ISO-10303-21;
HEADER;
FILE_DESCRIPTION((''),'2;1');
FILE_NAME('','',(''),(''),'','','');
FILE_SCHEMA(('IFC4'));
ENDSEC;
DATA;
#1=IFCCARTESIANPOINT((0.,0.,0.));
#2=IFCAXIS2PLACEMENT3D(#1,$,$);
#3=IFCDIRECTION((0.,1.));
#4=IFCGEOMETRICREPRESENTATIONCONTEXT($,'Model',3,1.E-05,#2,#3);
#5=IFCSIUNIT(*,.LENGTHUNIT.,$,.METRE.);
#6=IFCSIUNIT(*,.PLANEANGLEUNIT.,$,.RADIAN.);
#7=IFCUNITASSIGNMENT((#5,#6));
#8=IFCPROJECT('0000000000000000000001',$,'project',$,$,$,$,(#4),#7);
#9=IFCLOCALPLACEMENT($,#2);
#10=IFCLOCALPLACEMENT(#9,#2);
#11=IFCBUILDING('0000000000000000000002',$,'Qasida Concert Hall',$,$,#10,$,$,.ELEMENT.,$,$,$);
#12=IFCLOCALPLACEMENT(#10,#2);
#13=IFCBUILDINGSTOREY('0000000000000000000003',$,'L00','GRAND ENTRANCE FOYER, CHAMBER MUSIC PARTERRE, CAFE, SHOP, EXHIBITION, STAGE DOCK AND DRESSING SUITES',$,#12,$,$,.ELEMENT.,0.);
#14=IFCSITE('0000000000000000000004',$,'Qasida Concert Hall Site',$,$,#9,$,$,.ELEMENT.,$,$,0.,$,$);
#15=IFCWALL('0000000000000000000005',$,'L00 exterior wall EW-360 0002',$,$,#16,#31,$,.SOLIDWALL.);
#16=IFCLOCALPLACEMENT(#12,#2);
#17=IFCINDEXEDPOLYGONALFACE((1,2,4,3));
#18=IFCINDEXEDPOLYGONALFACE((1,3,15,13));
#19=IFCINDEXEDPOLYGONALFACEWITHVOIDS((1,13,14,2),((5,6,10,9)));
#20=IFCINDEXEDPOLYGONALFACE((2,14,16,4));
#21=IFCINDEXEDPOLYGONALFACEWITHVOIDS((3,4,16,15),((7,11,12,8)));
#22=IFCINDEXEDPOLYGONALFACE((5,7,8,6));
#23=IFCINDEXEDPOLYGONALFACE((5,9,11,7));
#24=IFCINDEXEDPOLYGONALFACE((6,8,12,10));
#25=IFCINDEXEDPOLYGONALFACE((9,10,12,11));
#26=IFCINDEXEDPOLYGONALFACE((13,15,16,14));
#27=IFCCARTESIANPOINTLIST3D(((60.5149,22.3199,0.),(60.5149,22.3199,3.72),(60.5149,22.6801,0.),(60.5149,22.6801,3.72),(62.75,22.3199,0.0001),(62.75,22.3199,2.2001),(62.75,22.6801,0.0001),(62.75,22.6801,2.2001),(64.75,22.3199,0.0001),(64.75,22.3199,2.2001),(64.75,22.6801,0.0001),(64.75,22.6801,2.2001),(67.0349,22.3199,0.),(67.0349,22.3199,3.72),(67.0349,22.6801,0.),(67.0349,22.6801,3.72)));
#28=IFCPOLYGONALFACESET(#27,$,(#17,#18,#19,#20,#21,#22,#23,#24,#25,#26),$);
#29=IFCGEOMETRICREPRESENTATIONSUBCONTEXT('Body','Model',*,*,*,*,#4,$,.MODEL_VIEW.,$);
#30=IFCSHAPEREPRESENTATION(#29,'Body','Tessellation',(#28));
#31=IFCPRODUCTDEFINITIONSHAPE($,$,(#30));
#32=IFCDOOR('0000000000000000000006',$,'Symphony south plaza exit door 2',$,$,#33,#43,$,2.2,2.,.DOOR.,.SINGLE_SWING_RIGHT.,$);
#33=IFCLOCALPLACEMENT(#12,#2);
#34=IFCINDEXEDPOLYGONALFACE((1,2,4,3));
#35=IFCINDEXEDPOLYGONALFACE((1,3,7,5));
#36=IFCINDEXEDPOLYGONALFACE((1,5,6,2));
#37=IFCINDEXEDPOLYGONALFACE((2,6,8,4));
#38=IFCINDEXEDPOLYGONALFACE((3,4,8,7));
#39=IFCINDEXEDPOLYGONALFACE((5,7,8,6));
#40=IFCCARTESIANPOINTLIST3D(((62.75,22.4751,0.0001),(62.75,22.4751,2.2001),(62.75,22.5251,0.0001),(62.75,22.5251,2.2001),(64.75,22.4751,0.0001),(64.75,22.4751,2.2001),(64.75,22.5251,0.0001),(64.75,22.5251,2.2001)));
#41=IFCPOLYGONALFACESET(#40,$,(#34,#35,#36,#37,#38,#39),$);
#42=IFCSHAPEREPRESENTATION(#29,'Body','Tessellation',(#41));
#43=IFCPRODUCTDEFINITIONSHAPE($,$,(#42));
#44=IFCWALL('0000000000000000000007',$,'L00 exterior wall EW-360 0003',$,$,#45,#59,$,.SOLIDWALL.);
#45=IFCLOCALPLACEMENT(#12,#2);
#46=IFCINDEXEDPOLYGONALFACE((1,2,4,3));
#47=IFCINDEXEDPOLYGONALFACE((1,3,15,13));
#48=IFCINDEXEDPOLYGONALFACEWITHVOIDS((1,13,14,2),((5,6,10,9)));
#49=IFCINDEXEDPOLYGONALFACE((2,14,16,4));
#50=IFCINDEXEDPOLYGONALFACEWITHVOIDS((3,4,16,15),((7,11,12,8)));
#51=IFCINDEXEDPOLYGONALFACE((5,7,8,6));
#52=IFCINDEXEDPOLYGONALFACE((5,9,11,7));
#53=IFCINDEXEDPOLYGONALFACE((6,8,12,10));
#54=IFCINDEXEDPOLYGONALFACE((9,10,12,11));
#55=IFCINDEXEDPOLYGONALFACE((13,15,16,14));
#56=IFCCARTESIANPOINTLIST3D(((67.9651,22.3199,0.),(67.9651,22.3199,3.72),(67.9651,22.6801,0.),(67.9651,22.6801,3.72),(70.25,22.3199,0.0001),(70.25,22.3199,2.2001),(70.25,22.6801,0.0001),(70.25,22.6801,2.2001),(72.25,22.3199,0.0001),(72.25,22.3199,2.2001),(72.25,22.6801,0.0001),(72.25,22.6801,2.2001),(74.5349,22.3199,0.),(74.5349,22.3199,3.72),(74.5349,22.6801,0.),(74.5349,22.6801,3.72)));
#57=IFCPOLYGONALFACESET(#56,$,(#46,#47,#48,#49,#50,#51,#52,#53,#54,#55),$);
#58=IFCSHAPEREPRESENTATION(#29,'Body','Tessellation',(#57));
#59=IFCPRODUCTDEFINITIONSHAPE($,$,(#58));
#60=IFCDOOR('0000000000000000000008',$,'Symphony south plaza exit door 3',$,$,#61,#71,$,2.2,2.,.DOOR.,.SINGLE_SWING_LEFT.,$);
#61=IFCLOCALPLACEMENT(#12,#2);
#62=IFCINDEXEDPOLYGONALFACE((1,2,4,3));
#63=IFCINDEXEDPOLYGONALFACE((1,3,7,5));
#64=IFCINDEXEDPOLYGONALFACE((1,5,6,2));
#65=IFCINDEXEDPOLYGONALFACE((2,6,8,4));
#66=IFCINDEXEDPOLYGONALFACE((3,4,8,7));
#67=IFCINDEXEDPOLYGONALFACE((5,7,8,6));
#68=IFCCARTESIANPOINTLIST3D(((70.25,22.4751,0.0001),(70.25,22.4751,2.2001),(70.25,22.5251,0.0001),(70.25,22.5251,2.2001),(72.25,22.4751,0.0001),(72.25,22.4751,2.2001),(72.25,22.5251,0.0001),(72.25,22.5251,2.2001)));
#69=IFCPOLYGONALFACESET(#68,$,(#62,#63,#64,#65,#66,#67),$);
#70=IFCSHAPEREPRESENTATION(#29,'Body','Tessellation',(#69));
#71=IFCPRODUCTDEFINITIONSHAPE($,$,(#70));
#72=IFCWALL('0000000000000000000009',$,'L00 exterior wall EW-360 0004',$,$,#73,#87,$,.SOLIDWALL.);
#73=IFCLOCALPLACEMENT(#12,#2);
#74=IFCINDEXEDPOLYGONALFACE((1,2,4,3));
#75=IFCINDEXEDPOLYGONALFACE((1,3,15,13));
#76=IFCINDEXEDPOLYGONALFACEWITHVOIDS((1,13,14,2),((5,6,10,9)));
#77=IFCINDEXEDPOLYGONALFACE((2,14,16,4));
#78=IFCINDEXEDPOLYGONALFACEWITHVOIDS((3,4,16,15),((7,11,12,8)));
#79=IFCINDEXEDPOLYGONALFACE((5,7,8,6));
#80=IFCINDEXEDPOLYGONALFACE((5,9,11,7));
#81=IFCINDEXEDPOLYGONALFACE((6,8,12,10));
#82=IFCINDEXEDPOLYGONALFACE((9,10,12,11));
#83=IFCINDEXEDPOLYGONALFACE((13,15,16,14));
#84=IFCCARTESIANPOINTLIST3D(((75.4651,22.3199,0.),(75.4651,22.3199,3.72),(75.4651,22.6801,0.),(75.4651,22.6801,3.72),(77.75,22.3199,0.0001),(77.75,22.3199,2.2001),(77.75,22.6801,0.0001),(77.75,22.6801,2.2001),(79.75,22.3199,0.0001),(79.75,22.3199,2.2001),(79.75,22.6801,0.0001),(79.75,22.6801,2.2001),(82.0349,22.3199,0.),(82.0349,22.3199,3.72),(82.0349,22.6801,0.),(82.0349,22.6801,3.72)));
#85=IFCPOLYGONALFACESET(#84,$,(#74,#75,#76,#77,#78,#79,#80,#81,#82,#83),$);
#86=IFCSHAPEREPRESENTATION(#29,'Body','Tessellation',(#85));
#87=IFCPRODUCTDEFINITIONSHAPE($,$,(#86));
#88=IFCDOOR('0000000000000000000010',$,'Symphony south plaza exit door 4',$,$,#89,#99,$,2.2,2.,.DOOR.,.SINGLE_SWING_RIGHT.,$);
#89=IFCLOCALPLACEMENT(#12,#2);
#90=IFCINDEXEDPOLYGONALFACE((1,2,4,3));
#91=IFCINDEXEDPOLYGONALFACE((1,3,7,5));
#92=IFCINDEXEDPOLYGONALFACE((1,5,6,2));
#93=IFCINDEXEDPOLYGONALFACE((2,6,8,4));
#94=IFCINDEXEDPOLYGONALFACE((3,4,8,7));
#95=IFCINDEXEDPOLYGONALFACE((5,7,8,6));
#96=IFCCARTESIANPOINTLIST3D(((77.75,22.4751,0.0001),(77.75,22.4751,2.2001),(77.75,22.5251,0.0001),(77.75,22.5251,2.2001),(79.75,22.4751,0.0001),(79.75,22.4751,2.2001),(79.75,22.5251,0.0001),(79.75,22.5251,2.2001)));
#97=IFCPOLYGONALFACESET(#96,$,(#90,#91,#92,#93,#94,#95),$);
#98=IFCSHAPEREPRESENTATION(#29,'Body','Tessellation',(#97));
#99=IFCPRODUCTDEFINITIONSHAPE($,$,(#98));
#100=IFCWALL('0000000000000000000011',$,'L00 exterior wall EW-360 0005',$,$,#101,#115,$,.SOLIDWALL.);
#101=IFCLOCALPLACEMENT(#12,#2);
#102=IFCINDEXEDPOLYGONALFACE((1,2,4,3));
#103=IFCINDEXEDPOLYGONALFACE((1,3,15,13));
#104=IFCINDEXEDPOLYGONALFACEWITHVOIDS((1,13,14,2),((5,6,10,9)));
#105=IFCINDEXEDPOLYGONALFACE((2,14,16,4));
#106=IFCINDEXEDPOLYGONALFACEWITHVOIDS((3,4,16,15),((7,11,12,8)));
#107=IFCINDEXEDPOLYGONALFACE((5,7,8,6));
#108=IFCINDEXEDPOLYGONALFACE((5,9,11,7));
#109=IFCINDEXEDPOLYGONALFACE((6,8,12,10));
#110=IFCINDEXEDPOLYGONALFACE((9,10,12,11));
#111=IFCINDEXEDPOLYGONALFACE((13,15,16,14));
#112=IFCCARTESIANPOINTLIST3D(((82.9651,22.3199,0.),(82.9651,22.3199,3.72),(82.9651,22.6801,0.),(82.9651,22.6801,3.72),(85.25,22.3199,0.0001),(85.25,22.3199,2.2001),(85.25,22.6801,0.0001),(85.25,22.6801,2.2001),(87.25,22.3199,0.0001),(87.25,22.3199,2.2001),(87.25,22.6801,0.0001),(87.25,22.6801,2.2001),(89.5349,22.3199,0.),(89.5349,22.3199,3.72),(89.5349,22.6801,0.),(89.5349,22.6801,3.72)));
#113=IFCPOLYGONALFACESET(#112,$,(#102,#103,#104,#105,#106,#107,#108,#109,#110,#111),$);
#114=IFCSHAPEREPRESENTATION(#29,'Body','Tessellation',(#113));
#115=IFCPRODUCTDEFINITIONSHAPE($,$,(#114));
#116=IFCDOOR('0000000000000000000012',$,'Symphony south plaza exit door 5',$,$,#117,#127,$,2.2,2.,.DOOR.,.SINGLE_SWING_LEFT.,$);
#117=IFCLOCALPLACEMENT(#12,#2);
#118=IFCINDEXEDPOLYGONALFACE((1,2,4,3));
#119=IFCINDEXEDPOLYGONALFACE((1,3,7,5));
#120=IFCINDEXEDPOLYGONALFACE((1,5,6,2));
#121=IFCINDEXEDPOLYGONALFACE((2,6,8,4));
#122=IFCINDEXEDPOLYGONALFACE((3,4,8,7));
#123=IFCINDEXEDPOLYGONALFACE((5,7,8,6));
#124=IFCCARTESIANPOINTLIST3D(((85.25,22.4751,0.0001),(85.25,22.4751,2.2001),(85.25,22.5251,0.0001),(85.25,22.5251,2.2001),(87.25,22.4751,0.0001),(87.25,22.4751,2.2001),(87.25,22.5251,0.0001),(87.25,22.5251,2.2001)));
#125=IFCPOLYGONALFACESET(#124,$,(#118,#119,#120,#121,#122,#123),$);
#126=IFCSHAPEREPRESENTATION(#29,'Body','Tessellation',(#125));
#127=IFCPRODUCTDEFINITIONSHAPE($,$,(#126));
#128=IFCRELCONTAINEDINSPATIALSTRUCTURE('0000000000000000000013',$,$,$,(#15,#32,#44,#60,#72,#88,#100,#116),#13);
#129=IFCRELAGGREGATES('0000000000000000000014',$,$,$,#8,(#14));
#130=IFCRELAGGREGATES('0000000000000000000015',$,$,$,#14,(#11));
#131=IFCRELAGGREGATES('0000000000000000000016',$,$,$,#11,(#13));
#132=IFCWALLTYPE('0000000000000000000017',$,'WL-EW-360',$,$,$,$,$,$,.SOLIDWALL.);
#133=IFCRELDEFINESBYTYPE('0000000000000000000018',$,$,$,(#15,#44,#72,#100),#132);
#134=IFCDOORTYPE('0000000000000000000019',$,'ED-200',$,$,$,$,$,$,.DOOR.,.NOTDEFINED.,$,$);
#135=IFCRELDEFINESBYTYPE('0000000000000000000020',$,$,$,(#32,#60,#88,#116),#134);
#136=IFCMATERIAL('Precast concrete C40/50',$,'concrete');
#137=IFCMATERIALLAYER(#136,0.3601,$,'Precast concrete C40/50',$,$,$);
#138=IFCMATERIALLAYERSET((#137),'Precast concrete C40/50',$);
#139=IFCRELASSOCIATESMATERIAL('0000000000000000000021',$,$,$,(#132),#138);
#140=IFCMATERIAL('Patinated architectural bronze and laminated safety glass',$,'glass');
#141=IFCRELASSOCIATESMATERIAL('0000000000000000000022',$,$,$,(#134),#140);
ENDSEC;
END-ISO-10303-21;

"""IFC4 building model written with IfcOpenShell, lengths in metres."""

from ifc_helpers import new_model, si_unit, direction, frame, frame_2d, origin, place, context, subcontext, project, spatial, rectangle, extrude, material, layer, layer_set, type_object, element, fill, save


model = new_model("IFC4")

# Units and contexts
model_context = context("Model", 3, precision=1e-05, world=origin(), true_north=direction((0.0, 1.0)))
body_context = subcontext(model_context, "Body", "Model", "MODEL_VIEW")
ifc_project = project(units=[si_unit("LENGTHUNIT", "METRE"), si_unit("PLANEANGLEUNIT", "RADIAN")], contexts=[model_context])

# Site, building, storey
site_placement = place(None, origin())
site = spatial("IfcSite", under=ifc_project, at=site_placement, Name="Qasida Concert Hall Site", CompositionType="ELEMENT", RefElevation=0.0)
building_placement = place(site_placement, origin())
building = spatial("IfcBuilding", under=site, at=building_placement, Name="Qasida Concert Hall", CompositionType="ELEMENT")
storey_placement = place(building_placement, origin())
storey = spatial("IfcBuildingStorey", under=building, at=storey_placement, Name="L00", Description="GRAND ENTRANCE FOYER, CHAMBER MUSIC PARTERRE, CAFE, SHOP, EXHIBITION, STAGE DOCK AND DRESSING SUITES", CompositionType="ELEMENT", Elevation=0.0)

# Walls, openings, doors
ifc_material_1 = material(Name="Precast concrete C40/50", Category="concrete")
ifc_layer_1 = layer(ifc_material_1, 0.3601, Name="Precast concrete C40/50")
ifc_layer_set_1 = layer_set([ifc_layer_1], Name="Precast concrete C40/50")
wall_type = type_object("IfcWallType", Name="WL-EW-360", PredefinedType="SOLIDWALL", material=ifc_layer_set_1)
wall_1_placement = place(storey_placement, frame((60.5149, 22.5, 0.0), z_axis=(0.0, 0.0, 1.0), x_axis=(1.0, 0.0, 0.0)))
wall_1 = element("IfcWall", 1, at=wall_1_placement, inside=storey, type_object=wall_type, Name="L00 exterior wall EW-360 0002", PredefinedType="SOLIDWALL", context=body_context, shape_type="SweptSolid", body=[
    extrude(rectangle(XDim=6.52, YDim=0.3601, at=frame_2d((3.26, 0.0))), origin(), (0.0, 0.0, 1.0), 3.72),
])
opening_1_placement = place(wall_1_placement, frame((2.2351, 0.0, 0.0)))
opening_1 = element("IfcOpeningElement", 2, at=opening_1_placement, cuts=wall_1, PredefinedType="OPENING", context=body_context, shape_type="SweptSolid", body=[
    extrude(rectangle(XDim=2.0, YDim=2.2, at=frame_2d((1.0, 1.1001))), frame((0.0, 0.1899, 0.0), z_axis=(0.0, -1.0, 0.0), x_axis=(1.0, 0.0, 0.0)), (0.0, 0.0, 1.0), 0.3801),
])
ifc_material_2 = material(Name="Patinated architectural bronze and laminated safety glass", Category="glass")
door_type = type_object("IfcDoorType", Name="ED-200", OperationType="NOTDEFINED", PredefinedType="DOOR", material=ifc_material_2)
door_1_placement = place(opening_1_placement, frame((2.0, 0.0, 0.0), z_axis=(0.0, 0.0, 1.0), x_axis=(-1.0, 0.0, 0.0)))
door_1 = element("IfcDoor", 3, at=door_1_placement, inside=storey, type_object=door_type, Name="Symphony south plaza exit door 2", OperationType="SINGLE_SWING_RIGHT", OverallHeight=2.2, OverallWidth=2.0, PredefinedType="DOOR", context=body_context, shape_type="SweptSolid", body=[
    extrude(rectangle(XDim=2.0, YDim=2.2, at=frame_2d((1.0, 1.1001))), frame((0.0, 0.0249, 0.0), z_axis=(0.0, -1.0, 0.0), x_axis=(1.0, 0.0, 0.0)), (0.0, 0.0, 1.0), 0.05),
])
fill(opening_1, door_1)
wall_2_placement = place(storey_placement, frame((67.9651, 22.5, 0.0), z_axis=(0.0, 0.0, 1.0), x_axis=(1.0, 0.0, 0.0)))
wall_2 = element("IfcWall", 4, at=wall_2_placement, inside=storey, type_object=wall_type, Name="L00 exterior wall EW-360 0003", PredefinedType="SOLIDWALL", context=body_context, shape_type="SweptSolid", body=[
    extrude(rectangle(XDim=6.5698, YDim=0.3601, at=frame_2d((3.2849, 0.0))), origin(), (0.0, 0.0, 1.0), 3.72),
])
opening_2_placement = place(wall_2_placement, frame((2.2849, 0.0, 0.0)))
opening_2 = element("IfcOpeningElement", 5, at=opening_2_placement, cuts=wall_2, PredefinedType="OPENING", context=body_context, shape_type="SweptSolid", body=[
    extrude(rectangle(XDim=2.0, YDim=2.2, at=frame_2d((1.0, 1.1001))), frame((0.0, 0.1899, 0.0), z_axis=(0.0, -1.0, 0.0), x_axis=(1.0, 0.0, 0.0)), (0.0, 0.0, 1.0), 0.3801),
])
door_2_placement = place(opening_2_placement, frame((2.0, 0.0, 0.0), z_axis=(0.0, 0.0, 1.0), x_axis=(-1.0, 0.0, 0.0)))
door_2 = element("IfcDoor", 6, at=door_2_placement, inside=storey, type_object=door_type, Name="Symphony south plaza exit door 3", OperationType="SINGLE_SWING_LEFT", OverallHeight=2.2, OverallWidth=2.0, PredefinedType="DOOR", context=body_context, shape_type="SweptSolid", body=[
    extrude(rectangle(XDim=2.0, YDim=2.2, at=frame_2d((1.0, 1.1001))), frame((0.0, 0.0249, 0.0), z_axis=(0.0, -1.0, 0.0), x_axis=(1.0, 0.0, 0.0)), (0.0, 0.0, 1.0), 0.05),
])
fill(opening_2, door_2)
wall_3_placement = place(storey_placement, frame((75.4651, 22.5, 0.0), z_axis=(0.0, 0.0, 1.0), x_axis=(1.0, 0.0, 0.0)))
wall_3 = element("IfcWall", 7, at=wall_3_placement, inside=storey, type_object=wall_type, Name="L00 exterior wall EW-360 0004", PredefinedType="SOLIDWALL", context=body_context, shape_type="SweptSolid", body=[
    extrude(rectangle(XDim=6.5698, YDim=0.3601, at=frame_2d((3.2849, 0.0))), origin(), (0.0, 0.0, 1.0), 3.72),
])
opening_3_placement = place(wall_3_placement, frame((2.2849, 0.0, 0.0)))
opening_3 = element("IfcOpeningElement", 8, at=opening_3_placement, cuts=wall_3, PredefinedType="OPENING", context=body_context, shape_type="SweptSolid", body=[
    extrude(rectangle(XDim=2.0, YDim=2.2, at=frame_2d((1.0, 1.1001))), frame((0.0, 0.1899, 0.0), z_axis=(0.0, -1.0, 0.0), x_axis=(1.0, 0.0, 0.0)), (0.0, 0.0, 1.0), 0.3801),
])
door_3_placement = place(opening_3_placement, frame((2.0, 0.0, 0.0), z_axis=(0.0, 0.0, 1.0), x_axis=(-1.0, 0.0, 0.0)))
door_3 = element("IfcDoor", 9, at=door_3_placement, inside=storey, type_object=door_type, Name="Symphony south plaza exit door 4", OperationType="SINGLE_SWING_RIGHT", OverallHeight=2.2, OverallWidth=2.0, PredefinedType="DOOR", context=body_context, shape_type="SweptSolid", body=[
    extrude(rectangle(XDim=2.0, YDim=2.2, at=frame_2d((1.0, 1.1001))), frame((0.0, 0.0249, 0.0), z_axis=(0.0, -1.0, 0.0), x_axis=(1.0, 0.0, 0.0)), (0.0, 0.0, 1.0), 0.05),
])
fill(opening_3, door_3)
wall_4_placement = place(storey_placement, frame((82.9651, 22.5, 0.0), z_axis=(0.0, 0.0, 1.0), x_axis=(1.0, 0.0, 0.0)))
wall_4 = element("IfcWall", 10, at=wall_4_placement, inside=storey, type_object=wall_type, Name="L00 exterior wall EW-360 0005", PredefinedType="SOLIDWALL", context=body_context, shape_type="SweptSolid", body=[
    extrude(rectangle(XDim=6.5698, YDim=0.3601, at=frame_2d((3.2849, 0.0))), origin(), (0.0, 0.0, 1.0), 3.72),
])
opening_4_placement = place(wall_4_placement, frame((2.2849, 0.0, 0.0)))
opening_4 = element("IfcOpeningElement", 11, at=opening_4_placement, cuts=wall_4, PredefinedType="OPENING", context=body_context, shape_type="SweptSolid", body=[
    extrude(rectangle(XDim=2.0, YDim=2.2, at=frame_2d((1.0, 1.1001))), frame((0.0, 0.1899, 0.0), z_axis=(0.0, -1.0, 0.0), x_axis=(1.0, 0.0, 0.0)), (0.0, 0.0, 1.0), 0.3801),
])
door_4_placement = place(opening_4_placement, frame((2.0, 0.0, 0.0), z_axis=(0.0, 0.0, 1.0), x_axis=(-1.0, 0.0, 0.0)))
door_4 = element("IfcDoor", 12, at=door_4_placement, inside=storey, type_object=door_type, Name="Symphony south plaza exit door 5", OperationType="SINGLE_SWING_LEFT", OverallHeight=2.2, OverallWidth=2.0, PredefinedType="DOOR", context=body_context, shape_type="SweptSolid", body=[
    extrude(rectangle(XDim=2.0, YDim=2.2, at=frame_2d((1.0, 1.1001))), frame((0.0, 0.0249, 0.0), z_axis=(0.0, -1.0, 0.0), x_axis=(1.0, 0.0, 0.0)), (0.0, 0.0, 1.0), 0.05),
])
fill(opening_4, door_4)

save(model, "model.ifc")
